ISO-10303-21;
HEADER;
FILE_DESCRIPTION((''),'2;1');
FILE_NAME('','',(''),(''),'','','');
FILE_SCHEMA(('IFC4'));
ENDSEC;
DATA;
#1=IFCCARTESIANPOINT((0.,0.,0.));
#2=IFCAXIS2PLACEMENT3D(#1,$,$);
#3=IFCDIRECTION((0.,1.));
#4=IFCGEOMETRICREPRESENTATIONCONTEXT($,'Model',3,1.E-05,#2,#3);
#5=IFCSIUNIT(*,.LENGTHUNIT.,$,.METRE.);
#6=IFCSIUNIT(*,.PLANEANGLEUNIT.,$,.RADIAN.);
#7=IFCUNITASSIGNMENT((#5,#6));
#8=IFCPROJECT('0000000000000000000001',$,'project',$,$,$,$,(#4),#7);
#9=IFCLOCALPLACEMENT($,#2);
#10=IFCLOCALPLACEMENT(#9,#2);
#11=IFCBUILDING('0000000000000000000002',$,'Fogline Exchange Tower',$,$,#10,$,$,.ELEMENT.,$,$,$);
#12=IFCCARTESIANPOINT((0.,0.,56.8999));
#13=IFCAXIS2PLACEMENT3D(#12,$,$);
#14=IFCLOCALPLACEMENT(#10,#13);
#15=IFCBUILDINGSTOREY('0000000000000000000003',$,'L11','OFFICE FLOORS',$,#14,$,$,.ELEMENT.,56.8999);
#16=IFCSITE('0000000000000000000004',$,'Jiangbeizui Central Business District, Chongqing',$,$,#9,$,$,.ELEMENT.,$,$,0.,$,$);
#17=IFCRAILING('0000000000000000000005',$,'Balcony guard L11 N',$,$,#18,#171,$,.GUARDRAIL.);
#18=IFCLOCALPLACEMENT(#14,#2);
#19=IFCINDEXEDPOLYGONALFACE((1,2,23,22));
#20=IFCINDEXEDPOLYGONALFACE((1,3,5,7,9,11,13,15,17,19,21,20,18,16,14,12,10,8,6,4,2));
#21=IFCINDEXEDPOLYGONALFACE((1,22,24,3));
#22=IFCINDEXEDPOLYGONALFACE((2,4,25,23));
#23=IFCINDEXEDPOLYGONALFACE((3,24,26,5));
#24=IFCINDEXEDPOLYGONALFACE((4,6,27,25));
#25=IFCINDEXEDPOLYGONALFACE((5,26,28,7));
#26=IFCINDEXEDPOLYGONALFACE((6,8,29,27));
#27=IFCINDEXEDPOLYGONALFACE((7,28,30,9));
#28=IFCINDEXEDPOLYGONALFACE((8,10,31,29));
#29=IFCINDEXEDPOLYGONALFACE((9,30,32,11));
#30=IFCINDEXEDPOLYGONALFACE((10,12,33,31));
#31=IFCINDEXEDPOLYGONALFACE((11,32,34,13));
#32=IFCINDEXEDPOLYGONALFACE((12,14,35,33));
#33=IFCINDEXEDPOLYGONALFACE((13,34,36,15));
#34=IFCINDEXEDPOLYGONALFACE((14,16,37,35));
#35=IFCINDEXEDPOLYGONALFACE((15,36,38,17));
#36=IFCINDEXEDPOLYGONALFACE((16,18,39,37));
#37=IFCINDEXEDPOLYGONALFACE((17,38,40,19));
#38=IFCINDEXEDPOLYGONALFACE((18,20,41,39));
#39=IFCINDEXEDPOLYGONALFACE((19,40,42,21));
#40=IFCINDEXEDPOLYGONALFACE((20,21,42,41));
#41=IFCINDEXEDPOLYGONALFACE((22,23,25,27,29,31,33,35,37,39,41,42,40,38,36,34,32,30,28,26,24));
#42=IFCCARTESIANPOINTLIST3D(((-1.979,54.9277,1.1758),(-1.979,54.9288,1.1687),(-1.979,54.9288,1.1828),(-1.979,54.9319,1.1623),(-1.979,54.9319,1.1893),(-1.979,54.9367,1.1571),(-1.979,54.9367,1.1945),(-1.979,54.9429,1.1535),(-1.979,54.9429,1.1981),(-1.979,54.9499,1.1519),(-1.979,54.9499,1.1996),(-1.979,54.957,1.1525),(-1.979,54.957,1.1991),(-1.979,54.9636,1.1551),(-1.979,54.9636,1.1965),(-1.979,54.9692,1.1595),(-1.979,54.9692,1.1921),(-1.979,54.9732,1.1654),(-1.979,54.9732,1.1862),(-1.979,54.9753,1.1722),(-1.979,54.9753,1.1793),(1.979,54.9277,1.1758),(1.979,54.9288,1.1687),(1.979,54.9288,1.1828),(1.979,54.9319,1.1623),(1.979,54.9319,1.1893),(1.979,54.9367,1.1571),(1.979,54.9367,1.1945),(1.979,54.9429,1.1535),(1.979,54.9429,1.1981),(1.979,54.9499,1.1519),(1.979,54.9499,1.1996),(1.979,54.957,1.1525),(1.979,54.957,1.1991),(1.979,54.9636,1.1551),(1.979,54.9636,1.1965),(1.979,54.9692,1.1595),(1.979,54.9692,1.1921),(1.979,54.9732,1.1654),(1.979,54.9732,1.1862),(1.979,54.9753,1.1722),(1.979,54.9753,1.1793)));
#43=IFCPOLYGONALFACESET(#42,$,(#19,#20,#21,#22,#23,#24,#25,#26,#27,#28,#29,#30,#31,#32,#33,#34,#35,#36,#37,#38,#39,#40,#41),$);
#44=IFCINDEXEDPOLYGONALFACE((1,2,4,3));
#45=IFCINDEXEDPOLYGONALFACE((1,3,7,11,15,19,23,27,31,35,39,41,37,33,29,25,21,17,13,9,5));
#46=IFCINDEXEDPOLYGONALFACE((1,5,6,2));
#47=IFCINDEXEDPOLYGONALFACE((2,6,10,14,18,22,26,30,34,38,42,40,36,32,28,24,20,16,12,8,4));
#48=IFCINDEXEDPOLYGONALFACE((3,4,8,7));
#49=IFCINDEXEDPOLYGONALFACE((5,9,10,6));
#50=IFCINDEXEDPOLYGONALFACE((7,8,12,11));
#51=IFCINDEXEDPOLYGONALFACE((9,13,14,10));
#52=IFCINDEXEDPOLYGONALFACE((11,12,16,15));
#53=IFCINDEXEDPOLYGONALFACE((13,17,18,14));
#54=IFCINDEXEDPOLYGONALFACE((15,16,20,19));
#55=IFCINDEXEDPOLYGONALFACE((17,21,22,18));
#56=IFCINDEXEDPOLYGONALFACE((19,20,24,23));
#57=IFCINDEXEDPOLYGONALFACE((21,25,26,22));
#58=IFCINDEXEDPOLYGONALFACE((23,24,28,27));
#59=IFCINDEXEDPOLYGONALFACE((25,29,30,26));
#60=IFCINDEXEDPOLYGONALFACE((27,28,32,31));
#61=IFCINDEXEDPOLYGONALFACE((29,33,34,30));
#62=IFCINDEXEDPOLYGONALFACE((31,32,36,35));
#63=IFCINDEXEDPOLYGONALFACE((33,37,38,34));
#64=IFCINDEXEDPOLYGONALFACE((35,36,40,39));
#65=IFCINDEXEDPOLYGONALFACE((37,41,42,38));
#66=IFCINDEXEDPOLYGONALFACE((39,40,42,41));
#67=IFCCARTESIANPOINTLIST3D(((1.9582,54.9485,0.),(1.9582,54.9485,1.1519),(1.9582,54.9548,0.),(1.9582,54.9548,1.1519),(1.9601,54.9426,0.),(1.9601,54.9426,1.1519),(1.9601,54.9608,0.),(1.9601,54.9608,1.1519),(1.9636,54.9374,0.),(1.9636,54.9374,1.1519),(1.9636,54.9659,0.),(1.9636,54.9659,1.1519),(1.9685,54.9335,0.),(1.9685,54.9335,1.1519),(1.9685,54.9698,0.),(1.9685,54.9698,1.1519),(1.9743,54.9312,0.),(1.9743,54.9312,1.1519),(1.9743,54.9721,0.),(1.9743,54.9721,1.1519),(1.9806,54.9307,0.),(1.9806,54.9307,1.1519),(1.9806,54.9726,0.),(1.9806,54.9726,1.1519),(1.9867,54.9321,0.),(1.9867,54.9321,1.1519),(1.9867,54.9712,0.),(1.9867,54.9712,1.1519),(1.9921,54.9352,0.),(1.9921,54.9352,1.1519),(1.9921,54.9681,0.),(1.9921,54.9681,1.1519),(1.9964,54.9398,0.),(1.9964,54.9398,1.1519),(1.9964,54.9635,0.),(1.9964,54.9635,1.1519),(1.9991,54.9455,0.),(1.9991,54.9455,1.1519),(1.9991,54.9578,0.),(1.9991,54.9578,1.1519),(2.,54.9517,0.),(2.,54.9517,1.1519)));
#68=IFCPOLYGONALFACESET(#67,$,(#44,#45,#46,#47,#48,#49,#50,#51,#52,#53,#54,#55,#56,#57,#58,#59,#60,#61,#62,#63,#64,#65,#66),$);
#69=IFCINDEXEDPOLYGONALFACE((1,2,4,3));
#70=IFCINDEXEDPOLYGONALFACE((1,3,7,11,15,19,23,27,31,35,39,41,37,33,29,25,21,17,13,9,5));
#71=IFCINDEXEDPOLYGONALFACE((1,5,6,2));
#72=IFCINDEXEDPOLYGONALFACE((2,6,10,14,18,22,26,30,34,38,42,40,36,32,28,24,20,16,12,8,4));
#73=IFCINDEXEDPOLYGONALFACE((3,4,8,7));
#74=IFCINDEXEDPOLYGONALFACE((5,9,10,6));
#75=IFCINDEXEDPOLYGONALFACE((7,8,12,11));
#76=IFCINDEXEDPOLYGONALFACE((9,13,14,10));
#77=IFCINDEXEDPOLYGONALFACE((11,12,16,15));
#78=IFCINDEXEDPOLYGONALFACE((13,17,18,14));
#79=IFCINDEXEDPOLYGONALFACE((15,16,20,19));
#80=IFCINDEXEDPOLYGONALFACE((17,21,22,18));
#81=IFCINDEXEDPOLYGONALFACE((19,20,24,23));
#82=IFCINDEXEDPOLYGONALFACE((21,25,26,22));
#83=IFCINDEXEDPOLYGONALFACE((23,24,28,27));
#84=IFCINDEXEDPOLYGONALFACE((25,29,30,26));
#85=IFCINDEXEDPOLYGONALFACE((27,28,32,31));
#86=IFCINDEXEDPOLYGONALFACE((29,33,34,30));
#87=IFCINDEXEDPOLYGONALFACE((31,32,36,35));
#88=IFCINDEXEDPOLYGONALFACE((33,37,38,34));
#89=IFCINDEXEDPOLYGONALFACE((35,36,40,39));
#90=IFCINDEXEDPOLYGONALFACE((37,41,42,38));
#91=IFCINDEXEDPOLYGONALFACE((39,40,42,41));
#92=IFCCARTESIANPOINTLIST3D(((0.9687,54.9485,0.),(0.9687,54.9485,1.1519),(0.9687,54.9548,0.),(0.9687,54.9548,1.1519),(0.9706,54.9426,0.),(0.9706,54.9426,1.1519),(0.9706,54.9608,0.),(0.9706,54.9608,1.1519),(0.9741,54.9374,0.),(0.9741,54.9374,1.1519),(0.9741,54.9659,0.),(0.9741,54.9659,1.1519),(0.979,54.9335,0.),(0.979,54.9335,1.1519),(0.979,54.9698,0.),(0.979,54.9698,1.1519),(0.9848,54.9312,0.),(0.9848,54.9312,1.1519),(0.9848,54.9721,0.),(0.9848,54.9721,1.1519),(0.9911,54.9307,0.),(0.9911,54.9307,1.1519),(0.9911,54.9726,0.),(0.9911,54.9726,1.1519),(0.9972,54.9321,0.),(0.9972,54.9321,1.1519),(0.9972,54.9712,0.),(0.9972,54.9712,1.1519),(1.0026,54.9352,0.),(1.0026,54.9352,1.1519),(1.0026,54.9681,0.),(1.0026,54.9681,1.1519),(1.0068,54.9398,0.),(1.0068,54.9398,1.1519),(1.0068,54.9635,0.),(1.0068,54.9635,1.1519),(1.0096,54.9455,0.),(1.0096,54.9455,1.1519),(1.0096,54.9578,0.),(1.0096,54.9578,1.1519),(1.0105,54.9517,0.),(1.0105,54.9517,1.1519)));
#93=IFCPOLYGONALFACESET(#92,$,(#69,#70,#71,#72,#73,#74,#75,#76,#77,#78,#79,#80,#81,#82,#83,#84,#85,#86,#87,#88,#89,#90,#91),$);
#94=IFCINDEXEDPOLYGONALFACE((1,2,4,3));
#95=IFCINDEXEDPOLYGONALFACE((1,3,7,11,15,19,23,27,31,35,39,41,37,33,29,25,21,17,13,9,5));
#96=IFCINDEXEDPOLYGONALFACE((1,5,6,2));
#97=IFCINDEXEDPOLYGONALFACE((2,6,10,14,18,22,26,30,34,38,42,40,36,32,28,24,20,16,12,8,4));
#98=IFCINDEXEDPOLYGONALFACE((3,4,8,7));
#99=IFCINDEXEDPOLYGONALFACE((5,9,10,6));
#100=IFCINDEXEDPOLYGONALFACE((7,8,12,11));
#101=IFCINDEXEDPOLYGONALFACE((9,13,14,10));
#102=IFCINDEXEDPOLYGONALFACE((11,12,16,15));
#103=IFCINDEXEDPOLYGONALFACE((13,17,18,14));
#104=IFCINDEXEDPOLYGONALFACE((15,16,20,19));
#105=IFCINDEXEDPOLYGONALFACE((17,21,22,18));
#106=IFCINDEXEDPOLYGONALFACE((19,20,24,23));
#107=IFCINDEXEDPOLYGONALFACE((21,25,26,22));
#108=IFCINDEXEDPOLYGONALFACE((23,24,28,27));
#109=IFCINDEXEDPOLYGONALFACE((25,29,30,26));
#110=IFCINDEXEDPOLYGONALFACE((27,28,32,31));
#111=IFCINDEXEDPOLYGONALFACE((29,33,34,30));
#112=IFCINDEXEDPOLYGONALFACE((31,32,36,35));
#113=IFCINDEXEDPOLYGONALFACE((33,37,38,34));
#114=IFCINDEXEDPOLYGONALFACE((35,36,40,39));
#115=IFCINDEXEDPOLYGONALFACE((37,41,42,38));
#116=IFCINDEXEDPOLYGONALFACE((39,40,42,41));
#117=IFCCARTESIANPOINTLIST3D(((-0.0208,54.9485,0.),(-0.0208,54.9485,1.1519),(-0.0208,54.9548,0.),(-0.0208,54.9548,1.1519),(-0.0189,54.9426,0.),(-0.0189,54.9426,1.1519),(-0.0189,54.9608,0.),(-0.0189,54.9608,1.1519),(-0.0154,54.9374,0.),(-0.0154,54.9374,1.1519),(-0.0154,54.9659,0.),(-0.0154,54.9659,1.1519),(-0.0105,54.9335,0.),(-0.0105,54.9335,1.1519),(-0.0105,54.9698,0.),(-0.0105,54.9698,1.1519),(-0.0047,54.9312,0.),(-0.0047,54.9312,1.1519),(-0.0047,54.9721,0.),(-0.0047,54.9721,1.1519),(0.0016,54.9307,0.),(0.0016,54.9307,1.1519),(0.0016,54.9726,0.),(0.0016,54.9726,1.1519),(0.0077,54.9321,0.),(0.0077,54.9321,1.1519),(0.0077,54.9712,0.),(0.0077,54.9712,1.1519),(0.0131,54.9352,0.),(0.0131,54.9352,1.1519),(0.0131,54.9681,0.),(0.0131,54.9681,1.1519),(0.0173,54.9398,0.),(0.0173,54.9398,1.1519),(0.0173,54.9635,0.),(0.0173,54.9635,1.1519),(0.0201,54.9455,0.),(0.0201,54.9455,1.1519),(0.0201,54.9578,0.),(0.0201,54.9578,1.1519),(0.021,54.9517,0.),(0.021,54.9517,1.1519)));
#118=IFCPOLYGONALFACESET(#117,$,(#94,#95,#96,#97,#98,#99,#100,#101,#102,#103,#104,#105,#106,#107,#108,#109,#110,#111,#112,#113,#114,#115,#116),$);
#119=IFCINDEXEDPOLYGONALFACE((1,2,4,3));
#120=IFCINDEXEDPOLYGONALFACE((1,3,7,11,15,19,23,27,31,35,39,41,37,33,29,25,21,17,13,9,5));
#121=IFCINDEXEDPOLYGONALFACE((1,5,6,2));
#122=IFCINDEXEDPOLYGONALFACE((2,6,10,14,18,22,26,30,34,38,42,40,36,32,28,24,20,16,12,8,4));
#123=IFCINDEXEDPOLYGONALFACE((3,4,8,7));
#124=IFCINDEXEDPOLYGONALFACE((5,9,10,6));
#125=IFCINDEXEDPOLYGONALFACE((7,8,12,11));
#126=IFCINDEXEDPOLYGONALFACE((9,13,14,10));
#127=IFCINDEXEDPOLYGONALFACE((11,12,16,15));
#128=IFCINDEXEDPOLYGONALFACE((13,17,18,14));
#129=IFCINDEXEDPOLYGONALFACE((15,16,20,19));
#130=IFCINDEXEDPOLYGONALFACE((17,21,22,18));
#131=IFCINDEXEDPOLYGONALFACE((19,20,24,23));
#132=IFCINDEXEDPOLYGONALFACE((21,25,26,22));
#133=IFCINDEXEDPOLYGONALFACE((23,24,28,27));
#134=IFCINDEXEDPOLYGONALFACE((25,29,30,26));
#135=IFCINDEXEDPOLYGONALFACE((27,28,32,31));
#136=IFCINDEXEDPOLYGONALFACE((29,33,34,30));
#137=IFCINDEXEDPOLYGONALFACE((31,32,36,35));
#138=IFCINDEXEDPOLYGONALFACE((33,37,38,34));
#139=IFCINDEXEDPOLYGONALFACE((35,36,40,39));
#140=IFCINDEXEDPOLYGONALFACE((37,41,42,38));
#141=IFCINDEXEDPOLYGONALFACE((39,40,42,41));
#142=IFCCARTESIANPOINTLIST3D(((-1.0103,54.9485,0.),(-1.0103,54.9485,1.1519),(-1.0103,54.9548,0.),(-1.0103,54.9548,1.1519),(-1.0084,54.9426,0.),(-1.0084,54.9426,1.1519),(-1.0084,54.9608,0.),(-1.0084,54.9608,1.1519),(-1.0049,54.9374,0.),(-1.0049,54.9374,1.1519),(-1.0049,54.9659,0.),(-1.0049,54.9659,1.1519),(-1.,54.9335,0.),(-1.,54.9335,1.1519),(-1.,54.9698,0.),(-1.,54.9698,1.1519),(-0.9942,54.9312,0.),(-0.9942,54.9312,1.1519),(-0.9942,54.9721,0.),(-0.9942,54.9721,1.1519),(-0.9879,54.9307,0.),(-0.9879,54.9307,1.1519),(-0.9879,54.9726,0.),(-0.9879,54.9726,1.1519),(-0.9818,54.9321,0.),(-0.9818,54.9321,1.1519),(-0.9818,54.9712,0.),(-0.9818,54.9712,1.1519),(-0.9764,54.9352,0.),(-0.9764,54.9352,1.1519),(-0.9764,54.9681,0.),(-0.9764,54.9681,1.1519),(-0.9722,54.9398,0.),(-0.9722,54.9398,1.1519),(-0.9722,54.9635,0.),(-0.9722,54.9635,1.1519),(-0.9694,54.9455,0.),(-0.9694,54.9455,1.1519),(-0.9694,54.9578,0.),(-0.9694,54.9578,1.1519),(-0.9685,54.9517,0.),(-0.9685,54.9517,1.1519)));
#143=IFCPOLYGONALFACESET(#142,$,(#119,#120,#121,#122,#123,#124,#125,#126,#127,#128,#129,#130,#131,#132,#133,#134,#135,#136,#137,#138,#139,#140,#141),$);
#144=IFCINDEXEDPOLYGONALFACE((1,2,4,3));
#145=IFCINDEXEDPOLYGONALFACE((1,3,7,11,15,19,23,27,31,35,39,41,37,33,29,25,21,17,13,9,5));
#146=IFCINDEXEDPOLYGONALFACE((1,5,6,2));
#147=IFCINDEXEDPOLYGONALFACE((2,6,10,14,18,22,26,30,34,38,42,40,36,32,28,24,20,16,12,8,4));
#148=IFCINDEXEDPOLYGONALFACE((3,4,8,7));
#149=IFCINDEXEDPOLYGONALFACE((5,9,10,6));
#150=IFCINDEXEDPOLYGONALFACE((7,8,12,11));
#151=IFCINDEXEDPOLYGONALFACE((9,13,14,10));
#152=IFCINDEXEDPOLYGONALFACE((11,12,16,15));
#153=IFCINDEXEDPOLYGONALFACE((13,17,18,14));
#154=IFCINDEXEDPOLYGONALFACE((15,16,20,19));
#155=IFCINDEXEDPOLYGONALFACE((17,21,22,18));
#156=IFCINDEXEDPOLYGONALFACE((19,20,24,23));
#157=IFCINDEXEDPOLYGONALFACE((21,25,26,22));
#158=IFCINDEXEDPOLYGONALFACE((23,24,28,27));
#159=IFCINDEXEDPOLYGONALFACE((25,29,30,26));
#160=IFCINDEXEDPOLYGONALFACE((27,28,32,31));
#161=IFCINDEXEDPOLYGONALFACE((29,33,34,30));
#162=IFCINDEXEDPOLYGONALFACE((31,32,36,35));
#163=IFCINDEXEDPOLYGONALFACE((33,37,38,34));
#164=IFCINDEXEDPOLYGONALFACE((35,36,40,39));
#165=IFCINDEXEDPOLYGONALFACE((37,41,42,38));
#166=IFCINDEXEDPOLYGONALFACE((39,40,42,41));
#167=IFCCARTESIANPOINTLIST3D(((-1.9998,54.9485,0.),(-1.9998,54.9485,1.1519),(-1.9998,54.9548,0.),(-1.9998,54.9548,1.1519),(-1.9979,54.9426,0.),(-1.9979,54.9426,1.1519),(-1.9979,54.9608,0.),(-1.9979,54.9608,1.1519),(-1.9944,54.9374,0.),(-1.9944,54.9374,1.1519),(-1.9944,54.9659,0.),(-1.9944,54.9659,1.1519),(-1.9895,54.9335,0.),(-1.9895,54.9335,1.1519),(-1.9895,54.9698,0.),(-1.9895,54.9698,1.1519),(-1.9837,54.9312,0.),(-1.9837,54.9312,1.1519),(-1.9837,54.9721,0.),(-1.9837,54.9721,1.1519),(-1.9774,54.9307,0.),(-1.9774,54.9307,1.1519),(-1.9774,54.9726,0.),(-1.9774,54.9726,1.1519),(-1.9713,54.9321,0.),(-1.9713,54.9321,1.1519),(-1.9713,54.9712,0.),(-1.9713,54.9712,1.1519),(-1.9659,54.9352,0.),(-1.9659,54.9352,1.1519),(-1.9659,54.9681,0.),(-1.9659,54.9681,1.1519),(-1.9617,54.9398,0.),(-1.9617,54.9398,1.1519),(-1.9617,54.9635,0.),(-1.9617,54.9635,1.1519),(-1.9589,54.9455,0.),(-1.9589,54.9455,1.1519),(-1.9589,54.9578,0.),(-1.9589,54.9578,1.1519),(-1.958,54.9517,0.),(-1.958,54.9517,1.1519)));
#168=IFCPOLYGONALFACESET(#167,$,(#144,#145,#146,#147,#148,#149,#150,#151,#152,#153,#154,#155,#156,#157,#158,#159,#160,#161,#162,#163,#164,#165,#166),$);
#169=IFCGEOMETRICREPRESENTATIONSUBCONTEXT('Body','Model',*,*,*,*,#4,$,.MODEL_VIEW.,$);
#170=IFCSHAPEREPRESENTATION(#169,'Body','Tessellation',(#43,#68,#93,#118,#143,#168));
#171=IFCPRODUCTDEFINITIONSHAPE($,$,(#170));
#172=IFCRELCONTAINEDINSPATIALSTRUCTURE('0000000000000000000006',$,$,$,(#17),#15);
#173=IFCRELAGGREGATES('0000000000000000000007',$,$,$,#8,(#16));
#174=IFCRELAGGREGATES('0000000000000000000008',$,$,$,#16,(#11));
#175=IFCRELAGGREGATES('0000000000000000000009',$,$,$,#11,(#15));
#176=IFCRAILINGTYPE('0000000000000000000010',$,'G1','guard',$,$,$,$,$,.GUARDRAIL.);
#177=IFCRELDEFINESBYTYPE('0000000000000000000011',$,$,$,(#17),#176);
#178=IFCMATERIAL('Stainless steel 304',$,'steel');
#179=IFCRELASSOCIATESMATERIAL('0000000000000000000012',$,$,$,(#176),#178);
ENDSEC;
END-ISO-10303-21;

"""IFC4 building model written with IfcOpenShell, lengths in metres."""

from ifc_helpers import new_model, si_unit, direction, frame, origin, origin_2d, place, context, subcontext, project, spatial, circle, extrude, material, type_object, element, save


model = new_model("IFC4")

# Units and contexts
model_context = context("Model", 3, precision=1e-05, world=origin(), true_north=direction((0.0, 1.0)))
body_context = subcontext(model_context, "Body", "Model", "MODEL_VIEW")
ifc_project = project(units=[si_unit("LENGTHUNIT", "METRE"), si_unit("PLANEANGLEUNIT", "RADIAN")], contexts=[model_context])

# Site, building, storey
site_placement = place(None, origin())
site = spatial("IfcSite", under=ifc_project, at=site_placement, Name="Jiangbeizui Central Business District, Chongqing", CompositionType="ELEMENT", RefElevation=0.0)
building_placement = place(site_placement, origin())
building = spatial("IfcBuilding", under=site, at=building_placement, Name="Fogline Exchange Tower", CompositionType="ELEMENT")
storey_placement = place(building_placement, frame((0.0, 0.0, 56.8999)))
storey = spatial("IfcBuildingStorey", under=building, at=storey_placement, Name="L11", Description="OFFICE FLOORS", CompositionType="ELEMENT", Elevation=56.8999)

# Railing
ifc_material_1 = material(Name="Stainless steel 304", Category="steel")
railing_type = type_object("IfcRailingType", Name="G1", Description="guard", PredefinedType="GUARDRAIL", material=ifc_material_1)
railing_placement = place(storey_placement, frame((1.979, 54.9517, 0.0)))
element("IfcRailing", 1, at=railing_placement, inside=storey, type_object=railing_type, Name="Balcony guard L11 N", PredefinedType="GUARDRAIL", context=body_context, shape_type="SweptSolid", body=[
    extrude(circle(Radius=0.0239, at=origin_2d()), frame((0.0, 0.0, 1.1758), z_axis=(-1.0, 0.0, 0.0), x_axis=(0.0, -1.0, 0.0)), (0.0, 0.0, 1.0), 3.958),
    extrude(circle(Radius=0.021, at=origin_2d()), origin(), (0.0, 0.0, 1.0), 1.1519),
    extrude(circle(Radius=0.021, at=origin_2d()), frame((-0.9895, 0.0, 0.0)), (0.0, 0.0, 1.0), 1.1519),
    extrude(circle(Radius=0.021, at=origin_2d()), frame((-1.979, 0.0, 0.0)), (0.0, 0.0, 1.0), 1.1519),
    extrude(circle(Radius=0.021, at=origin_2d()), frame((-2.9685, 0.0, 0.0)), (0.0, 0.0, 1.0), 1.1519),
    extrude(circle(Radius=0.021, at=origin_2d()), frame((-3.958, 0.0, 0.0)), (0.0, 0.0, 1.0), 1.1519),
])

save(model, "model.ifc")
